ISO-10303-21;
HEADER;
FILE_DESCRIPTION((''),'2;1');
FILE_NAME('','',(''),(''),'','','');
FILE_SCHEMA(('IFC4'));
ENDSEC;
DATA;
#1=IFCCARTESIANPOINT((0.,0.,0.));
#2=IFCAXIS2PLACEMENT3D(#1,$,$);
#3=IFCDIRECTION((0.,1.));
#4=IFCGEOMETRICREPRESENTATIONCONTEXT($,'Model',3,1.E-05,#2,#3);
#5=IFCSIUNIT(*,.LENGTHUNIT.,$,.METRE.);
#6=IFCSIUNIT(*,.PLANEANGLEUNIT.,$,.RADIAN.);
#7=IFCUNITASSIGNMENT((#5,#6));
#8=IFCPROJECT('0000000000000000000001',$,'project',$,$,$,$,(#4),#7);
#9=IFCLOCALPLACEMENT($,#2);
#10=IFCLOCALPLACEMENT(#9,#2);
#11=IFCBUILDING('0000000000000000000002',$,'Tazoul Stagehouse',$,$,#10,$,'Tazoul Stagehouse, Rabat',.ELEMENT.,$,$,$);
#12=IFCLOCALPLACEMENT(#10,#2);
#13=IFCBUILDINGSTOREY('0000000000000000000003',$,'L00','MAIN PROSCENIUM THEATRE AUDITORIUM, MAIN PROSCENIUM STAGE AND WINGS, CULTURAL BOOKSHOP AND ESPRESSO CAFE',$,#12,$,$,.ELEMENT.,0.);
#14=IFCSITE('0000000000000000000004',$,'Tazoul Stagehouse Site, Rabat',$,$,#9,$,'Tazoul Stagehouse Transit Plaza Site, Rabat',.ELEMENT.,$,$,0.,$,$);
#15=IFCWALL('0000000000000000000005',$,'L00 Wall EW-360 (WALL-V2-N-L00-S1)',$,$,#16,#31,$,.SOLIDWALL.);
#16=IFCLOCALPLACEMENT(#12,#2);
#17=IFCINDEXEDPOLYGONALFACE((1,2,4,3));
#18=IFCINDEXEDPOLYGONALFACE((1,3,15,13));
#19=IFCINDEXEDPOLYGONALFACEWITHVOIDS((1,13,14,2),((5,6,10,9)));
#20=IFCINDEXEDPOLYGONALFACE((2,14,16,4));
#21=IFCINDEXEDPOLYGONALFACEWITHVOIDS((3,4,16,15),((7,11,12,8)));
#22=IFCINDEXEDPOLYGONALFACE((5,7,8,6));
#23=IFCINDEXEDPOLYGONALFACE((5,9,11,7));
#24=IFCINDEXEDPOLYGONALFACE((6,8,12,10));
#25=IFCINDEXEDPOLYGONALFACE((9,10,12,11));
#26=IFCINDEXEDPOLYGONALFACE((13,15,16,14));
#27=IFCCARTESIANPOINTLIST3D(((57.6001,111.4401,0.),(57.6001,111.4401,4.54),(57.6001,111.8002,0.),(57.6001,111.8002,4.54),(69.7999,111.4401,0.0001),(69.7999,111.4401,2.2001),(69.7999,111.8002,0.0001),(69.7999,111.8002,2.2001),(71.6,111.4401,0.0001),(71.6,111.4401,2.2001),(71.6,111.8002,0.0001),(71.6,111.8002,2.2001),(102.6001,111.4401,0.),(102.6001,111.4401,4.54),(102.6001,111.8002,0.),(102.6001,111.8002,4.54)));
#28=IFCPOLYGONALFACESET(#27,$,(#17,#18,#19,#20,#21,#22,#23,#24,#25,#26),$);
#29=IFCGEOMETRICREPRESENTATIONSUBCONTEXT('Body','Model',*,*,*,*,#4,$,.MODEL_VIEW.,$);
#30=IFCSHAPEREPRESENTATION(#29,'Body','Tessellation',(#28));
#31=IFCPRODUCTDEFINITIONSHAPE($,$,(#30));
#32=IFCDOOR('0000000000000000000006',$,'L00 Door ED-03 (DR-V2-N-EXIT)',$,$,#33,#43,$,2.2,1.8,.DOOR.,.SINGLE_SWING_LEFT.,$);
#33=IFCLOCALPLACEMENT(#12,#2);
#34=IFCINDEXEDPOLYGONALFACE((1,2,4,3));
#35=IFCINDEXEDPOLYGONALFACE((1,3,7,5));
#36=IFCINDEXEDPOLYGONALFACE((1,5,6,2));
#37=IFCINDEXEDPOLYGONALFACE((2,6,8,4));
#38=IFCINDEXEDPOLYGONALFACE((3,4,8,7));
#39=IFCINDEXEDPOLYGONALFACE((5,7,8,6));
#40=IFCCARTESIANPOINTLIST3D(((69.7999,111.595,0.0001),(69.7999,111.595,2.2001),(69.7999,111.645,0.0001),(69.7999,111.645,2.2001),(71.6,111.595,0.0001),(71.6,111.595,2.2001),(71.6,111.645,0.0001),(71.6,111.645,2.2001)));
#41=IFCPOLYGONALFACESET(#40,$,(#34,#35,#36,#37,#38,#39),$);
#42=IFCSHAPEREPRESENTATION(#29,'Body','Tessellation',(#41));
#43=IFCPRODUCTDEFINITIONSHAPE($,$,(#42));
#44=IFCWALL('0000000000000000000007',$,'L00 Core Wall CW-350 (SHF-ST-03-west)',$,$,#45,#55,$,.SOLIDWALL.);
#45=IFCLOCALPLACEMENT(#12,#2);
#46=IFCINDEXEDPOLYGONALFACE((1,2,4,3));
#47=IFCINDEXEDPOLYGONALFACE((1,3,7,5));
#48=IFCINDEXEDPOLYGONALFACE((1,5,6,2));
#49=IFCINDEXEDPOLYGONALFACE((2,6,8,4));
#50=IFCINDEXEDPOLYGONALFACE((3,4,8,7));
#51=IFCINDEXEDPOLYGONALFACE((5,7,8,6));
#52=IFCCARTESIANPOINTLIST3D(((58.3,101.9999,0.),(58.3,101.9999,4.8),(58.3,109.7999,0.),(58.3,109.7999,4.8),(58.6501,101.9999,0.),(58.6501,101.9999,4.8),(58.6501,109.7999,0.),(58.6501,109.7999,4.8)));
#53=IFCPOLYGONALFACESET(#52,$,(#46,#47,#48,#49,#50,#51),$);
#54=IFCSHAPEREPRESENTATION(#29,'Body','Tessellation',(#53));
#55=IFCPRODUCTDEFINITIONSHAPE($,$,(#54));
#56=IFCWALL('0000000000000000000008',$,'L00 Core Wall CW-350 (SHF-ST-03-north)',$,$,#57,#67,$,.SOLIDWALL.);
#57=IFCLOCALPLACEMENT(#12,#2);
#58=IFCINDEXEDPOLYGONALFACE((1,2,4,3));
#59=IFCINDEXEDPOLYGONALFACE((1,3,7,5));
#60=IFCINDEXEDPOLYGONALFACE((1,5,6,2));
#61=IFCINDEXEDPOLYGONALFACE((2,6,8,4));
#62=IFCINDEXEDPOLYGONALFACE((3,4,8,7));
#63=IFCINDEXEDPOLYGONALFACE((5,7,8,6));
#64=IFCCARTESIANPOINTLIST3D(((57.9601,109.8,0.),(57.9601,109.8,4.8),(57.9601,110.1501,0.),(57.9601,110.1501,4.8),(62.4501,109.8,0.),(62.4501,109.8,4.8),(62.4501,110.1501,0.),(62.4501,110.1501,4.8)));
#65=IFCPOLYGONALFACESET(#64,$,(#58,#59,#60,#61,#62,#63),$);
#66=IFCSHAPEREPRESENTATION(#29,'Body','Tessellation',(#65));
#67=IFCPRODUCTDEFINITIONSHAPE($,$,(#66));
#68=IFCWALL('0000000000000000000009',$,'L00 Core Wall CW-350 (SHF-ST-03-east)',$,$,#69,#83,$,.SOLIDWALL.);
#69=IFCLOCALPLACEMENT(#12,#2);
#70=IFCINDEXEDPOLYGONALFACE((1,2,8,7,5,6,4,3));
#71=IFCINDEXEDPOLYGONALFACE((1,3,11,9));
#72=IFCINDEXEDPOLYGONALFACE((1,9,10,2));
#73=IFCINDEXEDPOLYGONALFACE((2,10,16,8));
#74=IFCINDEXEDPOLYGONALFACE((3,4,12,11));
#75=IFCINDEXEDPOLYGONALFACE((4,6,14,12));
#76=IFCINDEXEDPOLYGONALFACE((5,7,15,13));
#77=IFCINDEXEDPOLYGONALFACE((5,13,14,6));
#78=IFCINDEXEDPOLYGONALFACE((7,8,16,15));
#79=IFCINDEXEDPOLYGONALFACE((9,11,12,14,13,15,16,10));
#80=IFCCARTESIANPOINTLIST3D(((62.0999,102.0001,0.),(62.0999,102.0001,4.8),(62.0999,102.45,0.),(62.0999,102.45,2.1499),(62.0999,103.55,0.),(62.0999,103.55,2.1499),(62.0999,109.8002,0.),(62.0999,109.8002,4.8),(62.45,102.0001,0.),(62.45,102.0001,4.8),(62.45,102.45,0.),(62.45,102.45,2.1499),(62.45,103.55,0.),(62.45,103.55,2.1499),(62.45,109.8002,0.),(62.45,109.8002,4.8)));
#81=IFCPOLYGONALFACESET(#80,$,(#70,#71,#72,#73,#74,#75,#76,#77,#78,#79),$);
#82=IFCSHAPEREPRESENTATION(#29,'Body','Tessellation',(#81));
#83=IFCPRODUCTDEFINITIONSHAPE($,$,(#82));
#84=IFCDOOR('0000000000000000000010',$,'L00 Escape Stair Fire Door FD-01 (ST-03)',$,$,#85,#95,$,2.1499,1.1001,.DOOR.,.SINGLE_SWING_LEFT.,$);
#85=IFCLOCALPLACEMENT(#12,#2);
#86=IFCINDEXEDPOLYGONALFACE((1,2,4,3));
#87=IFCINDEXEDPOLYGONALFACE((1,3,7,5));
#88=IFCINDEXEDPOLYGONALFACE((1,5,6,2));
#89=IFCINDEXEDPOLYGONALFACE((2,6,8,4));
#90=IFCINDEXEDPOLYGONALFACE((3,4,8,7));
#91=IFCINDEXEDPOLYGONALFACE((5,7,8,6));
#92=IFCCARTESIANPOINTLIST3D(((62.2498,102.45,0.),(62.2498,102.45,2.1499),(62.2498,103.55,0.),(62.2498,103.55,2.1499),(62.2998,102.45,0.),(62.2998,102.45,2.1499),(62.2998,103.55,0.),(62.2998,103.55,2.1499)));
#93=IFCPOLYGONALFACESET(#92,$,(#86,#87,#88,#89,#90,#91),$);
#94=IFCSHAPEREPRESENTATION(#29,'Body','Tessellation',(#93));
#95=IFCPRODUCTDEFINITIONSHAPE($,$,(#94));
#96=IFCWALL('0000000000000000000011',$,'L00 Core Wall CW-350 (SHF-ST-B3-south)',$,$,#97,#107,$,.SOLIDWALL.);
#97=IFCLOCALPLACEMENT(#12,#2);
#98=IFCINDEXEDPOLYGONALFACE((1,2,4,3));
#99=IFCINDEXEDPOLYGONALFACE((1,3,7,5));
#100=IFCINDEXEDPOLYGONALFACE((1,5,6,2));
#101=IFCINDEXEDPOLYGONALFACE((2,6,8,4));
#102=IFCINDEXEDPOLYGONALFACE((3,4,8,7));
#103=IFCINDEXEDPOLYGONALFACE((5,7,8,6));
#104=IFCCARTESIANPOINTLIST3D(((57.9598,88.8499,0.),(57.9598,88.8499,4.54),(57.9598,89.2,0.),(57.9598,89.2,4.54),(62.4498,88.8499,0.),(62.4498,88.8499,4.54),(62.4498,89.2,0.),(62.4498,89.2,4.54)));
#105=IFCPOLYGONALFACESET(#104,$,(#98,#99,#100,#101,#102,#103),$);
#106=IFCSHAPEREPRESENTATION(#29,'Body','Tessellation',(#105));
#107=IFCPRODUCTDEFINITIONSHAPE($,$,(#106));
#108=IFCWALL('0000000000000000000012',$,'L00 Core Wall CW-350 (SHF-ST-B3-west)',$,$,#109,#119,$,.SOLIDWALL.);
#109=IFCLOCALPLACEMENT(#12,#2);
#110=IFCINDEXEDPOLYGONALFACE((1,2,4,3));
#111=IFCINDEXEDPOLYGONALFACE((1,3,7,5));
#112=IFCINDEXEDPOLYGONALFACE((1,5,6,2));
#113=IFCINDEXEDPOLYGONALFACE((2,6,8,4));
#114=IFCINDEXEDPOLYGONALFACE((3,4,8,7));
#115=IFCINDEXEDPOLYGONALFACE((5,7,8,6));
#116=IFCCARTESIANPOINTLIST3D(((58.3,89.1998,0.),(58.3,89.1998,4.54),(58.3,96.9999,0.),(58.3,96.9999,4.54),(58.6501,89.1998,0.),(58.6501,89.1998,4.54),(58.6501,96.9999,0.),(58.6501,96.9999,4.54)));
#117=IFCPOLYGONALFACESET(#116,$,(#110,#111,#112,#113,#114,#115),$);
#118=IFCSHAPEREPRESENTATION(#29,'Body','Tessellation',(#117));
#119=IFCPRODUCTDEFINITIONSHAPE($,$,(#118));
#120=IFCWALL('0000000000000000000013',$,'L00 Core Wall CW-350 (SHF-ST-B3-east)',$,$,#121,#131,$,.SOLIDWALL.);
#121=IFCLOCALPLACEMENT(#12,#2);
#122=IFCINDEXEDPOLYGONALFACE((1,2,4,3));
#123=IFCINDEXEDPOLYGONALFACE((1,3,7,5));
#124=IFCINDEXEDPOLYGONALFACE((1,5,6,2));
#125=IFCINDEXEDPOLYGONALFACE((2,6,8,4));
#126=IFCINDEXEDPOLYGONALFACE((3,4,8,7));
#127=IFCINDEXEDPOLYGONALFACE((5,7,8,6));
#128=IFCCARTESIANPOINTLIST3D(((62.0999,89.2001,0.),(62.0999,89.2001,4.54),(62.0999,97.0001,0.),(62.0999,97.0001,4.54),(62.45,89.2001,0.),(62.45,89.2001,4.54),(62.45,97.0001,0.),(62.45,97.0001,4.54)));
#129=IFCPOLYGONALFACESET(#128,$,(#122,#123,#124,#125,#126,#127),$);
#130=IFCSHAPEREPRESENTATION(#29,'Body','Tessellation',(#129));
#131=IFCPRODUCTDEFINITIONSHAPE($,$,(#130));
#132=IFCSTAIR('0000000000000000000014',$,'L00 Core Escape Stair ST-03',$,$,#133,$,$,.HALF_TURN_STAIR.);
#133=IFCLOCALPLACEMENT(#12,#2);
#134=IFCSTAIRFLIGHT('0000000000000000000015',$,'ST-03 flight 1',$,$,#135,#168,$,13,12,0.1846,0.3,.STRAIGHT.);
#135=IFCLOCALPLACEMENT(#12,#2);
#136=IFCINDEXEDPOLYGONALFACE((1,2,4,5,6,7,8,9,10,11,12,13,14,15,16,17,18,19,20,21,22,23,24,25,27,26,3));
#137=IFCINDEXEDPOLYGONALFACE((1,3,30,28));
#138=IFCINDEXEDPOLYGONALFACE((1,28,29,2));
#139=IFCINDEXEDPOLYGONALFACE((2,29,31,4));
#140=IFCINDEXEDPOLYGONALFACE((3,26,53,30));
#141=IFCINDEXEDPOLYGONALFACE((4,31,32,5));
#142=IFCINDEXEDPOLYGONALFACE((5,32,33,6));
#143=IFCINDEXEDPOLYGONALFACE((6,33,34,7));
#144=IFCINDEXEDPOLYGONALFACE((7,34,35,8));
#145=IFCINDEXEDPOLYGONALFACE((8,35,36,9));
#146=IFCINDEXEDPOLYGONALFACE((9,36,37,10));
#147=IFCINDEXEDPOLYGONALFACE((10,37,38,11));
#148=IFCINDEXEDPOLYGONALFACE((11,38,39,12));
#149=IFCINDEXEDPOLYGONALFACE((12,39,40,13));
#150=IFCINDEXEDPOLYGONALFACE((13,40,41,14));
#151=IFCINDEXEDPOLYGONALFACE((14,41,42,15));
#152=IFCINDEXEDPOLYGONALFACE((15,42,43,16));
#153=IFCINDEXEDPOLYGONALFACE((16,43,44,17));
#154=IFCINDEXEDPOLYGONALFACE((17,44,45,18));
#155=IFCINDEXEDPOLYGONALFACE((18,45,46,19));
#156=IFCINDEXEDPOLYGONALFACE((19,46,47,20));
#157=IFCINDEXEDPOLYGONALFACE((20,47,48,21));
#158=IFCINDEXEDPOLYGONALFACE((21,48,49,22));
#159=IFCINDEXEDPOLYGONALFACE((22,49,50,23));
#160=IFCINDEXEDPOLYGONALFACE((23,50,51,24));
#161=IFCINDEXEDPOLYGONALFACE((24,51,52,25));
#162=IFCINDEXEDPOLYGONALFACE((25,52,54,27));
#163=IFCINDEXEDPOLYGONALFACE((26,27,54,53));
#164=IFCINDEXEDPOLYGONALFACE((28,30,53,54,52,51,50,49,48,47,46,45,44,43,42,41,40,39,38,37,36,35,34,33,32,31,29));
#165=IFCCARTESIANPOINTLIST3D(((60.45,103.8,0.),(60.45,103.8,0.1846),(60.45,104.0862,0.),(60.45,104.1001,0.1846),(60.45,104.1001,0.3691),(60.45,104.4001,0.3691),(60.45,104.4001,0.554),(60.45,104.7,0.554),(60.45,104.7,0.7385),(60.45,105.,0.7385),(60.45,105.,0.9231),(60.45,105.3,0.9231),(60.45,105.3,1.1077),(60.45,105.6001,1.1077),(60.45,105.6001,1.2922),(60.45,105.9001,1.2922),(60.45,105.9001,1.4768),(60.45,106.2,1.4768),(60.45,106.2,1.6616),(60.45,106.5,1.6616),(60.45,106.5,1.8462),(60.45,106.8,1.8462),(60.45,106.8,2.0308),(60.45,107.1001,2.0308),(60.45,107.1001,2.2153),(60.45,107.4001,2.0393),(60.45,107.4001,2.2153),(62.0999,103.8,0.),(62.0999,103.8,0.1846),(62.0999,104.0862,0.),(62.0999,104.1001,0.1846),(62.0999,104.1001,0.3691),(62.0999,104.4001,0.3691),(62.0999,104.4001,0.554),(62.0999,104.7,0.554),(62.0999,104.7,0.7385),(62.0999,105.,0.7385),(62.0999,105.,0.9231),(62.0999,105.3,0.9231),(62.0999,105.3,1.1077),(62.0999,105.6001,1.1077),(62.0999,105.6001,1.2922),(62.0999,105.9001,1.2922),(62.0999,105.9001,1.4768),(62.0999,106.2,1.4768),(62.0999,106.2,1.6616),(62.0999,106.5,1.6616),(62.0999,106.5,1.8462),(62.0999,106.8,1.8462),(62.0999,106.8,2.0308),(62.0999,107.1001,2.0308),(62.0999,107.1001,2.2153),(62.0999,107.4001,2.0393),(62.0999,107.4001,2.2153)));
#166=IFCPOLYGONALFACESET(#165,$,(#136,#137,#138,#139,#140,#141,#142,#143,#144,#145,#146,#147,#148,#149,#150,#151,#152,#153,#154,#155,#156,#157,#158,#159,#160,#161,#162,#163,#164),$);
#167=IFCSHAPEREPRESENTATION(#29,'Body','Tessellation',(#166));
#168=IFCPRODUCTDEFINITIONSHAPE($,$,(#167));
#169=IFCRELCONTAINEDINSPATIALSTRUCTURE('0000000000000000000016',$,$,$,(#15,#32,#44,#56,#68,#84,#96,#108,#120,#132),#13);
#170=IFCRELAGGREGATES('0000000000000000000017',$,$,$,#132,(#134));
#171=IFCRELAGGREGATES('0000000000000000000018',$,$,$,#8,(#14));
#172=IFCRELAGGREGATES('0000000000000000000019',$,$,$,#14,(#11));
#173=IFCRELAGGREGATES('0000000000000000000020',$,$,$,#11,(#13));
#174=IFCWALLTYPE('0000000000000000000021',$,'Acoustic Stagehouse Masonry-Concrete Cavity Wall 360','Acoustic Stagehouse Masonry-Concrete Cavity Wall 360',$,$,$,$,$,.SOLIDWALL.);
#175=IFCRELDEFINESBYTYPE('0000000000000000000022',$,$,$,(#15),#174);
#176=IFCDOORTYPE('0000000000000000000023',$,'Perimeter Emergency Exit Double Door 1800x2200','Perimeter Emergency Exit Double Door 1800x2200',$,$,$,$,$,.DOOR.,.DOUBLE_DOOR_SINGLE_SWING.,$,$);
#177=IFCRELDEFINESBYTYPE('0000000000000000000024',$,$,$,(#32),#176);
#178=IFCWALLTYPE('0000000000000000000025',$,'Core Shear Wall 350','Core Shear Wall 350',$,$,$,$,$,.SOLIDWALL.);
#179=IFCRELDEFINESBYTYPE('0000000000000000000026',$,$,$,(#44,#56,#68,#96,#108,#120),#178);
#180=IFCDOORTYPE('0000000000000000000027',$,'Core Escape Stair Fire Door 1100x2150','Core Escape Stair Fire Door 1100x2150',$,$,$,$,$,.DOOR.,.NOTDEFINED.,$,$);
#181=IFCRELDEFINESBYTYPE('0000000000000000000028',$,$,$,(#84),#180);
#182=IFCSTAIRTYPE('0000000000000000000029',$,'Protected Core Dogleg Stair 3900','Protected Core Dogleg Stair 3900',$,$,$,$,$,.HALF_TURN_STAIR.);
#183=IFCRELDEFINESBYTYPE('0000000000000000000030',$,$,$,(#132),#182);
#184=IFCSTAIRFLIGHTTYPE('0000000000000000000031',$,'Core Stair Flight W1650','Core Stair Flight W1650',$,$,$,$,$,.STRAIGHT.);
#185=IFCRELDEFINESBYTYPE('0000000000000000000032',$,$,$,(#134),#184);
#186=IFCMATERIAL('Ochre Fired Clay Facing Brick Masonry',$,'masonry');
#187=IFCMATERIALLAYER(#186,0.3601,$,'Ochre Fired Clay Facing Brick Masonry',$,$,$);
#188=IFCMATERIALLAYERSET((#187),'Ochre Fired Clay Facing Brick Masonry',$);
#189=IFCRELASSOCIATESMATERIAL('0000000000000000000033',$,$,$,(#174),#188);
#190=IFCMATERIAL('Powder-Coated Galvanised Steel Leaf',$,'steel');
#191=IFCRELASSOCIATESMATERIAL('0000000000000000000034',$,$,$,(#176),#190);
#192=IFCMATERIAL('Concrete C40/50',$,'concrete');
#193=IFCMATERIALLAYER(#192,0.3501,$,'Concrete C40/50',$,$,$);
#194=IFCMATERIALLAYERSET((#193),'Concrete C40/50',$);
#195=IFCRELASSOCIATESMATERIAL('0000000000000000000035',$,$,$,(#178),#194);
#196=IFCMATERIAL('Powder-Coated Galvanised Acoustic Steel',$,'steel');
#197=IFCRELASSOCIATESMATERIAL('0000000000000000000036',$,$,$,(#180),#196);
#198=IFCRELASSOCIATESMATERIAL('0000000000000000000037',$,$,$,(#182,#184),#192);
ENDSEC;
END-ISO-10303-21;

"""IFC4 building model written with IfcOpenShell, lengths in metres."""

from ifc_helpers import new_model, si_unit, direction, frame, frame_2d, origin, place, context, subcontext, project, spatial, polyline, rectangle, outline, extrude, material, layer, layer_set, type_object, element, fill, aggregate, save


model = new_model("IFC4")

# Units and contexts
model_context = context("Model", 3, precision=1e-05, world=origin(), true_north=direction((0.0, 1.0)))
body_context = subcontext(model_context, "Body", "Model", "MODEL_VIEW")
ifc_project = project(units=[si_unit("LENGTHUNIT", "METRE"), si_unit("PLANEANGLEUNIT", "RADIAN")], contexts=[model_context])

# Site, building, storey
site_placement = place(None, origin())
site = spatial("IfcSite", under=ifc_project, at=site_placement, Name="Tazoul Stagehouse Site, Rabat", LongName="Tazoul Stagehouse Transit Plaza Site, Rabat", CompositionType="ELEMENT", RefElevation=0.0)
building_placement = place(site_placement, origin())
building = spatial("IfcBuilding", under=site, at=building_placement, Name="Tazoul Stagehouse", LongName="Tazoul Stagehouse, Rabat", CompositionType="ELEMENT")
storey_placement = place(building_placement, origin())
storey = spatial("IfcBuildingStorey", under=building, at=storey_placement, Name="L00", Description="MAIN PROSCENIUM THEATRE AUDITORIUM, MAIN PROSCENIUM STAGE AND WINGS, CULTURAL BOOKSHOP AND ESPRESSO CAFE", CompositionType="ELEMENT", Elevation=0.0)

# Shared definitions
ifc_material_1 = material(Name="Concrete C40/50", Category="concrete")

# Shared definitions
ifc_material_2 = material(Name="Ochre Fired Clay Facing Brick Masonry", Category="masonry")
ifc_layer_1 = layer(ifc_material_2, 0.3601, Name="Ochre Fired Clay Facing Brick Masonry")
ifc_layer_set_1 = layer_set([ifc_layer_1], Name="Ochre Fired Clay Facing Brick Masonry")
wall_type_1 = type_object("IfcWallType", Name="Acoustic Stagehouse Masonry-Concrete Cavity Wall 360", Description="Acoustic Stagehouse Masonry-Concrete Cavity Wall 360", PredefinedType="SOLIDWALL", material=ifc_layer_set_1)

# Wall, opening, door
wall_1_placement = place(storey_placement, frame((57.6001, 111.6201, 0.0), z_axis=(0.0, 0.0, 1.0), x_axis=(1.0, 0.0, 0.0)))
wall_1 = element("IfcWall", 1, at=wall_1_placement, inside=storey, type_object=wall_type_1, Name="L00 Wall EW-360 (WALL-V2-N-L00-S1)", PredefinedType="SOLIDWALL", context=body_context, shape_type="SweptSolid", body=[
    extrude(rectangle(XDim=45.0, YDim=0.3601, at=frame_2d((22.5, 0.0))), origin(), (0.0, 0.0, 1.0), 4.54),
])
opening_1_placement = place(wall_1_placement, frame((12.2, 0.0, 0.0)))
opening_1 = element("IfcOpeningElement", 2, at=opening_1_placement, cuts=wall_1, PredefinedType="OPENING", context=body_context, shape_type="SweptSolid", body=[
    extrude(rectangle(XDim=1.8, YDim=2.2, at=frame_2d((0.8999, 1.1001))), frame((0.0, 0.2, 0.0), z_axis=(0.0, -1.0, 0.0), x_axis=(1.0, 0.0, 0.0)), (0.0, 0.0, 1.0), 0.4001),
])
ifc_material_3 = material(Name="Powder-Coated Galvanised Steel Leaf", Category="steel")
door_type_1 = type_object("IfcDoorType", Name="Perimeter Emergency Exit Double Door 1800x2200", Description="Perimeter Emergency Exit Double Door 1800x2200", OperationType="DOUBLE_DOOR_SINGLE_SWING", PredefinedType="DOOR", material=ifc_material_3)
door_1_placement = place(opening_1_placement, origin())
door_1 = element("IfcDoor", 3, at=door_1_placement, inside=storey, type_object=door_type_1, Name="L00 Door ED-03 (DR-V2-N-EXIT)", OperationType="SINGLE_SWING_LEFT", OverallHeight=2.2, OverallWidth=1.8, PredefinedType="DOOR", context=body_context, shape_type="SweptSolid", body=[
    extrude(rectangle(XDim=1.8, YDim=2.2, at=frame_2d((0.8999, 1.1001))), frame((0.0, 0.0249, 0.0), z_axis=(0.0, -1.0, 0.0), x_axis=(1.0, 0.0, 0.0)), (0.0, 0.0, 1.0), 0.05),
])
fill(opening_1, door_1)

# Walls
ifc_layer_2 = layer(ifc_material_1, 0.3501, Name="Concrete C40/50")
ifc_layer_set_2 = layer_set([ifc_layer_2], Name="Concrete C40/50")
wall_type_2 = type_object("IfcWallType", Name="Core Shear Wall 350", Description="Core Shear Wall 350", PredefinedType="SOLIDWALL", material=ifc_layer_set_2)
wall_2_placement = place(storey_placement, frame((58.4751, 102.0, 0.0), z_axis=(0.0, 0.0, 1.0), x_axis=(0.0, 1.0, 0.0)))
element("IfcWall", 4, at=wall_2_placement, inside=storey, type_object=wall_type_2, Name="L00 Core Wall CW-350 (SHF-ST-03-west)", PredefinedType="SOLIDWALL", context=body_context, shape_type="SweptSolid", body=[
    extrude(rectangle(XDim=7.8, YDim=0.3501, at=frame_2d((3.8999, 0.0))), origin(), (0.0, 0.0, 1.0), 4.8),
])
wall_3_placement = place(storey_placement, frame((57.96, 109.9751, 0.0), z_axis=(0.0, 0.0, 1.0), x_axis=(1.0, 0.0, 0.0)))
element("IfcWall", 5, at=wall_3_placement, inside=storey, type_object=wall_type_2, Name="L00 Core Wall CW-350 (SHF-ST-03-north)", PredefinedType="SOLIDWALL", context=body_context, shape_type="SweptSolid", body=[
    extrude(rectangle(XDim=4.49, YDim=0.3501, at=frame_2d((2.2451, 0.0))), origin(), (0.0, 0.0, 1.0), 4.8),
])

# Wall, opening, door
wall_4_placement = place(storey_placement, frame((62.2749, 109.8, 0.0), z_axis=(0.0, 0.0, 1.0), x_axis=(0.0, -1.0, 0.0)))
wall_4 = element("IfcWall", 6, at=wall_4_placement, inside=storey, type_object=wall_type_2, Name="L00 Core Wall CW-350 (SHF-ST-03-east)", PredefinedType="SOLIDWALL", context=body_context, shape_type="SweptSolid", body=[
    extrude(rectangle(XDim=7.8, YDim=0.3501, at=frame_2d((3.8999, 0.0))), origin(), (0.0, 0.0, 1.0), 4.8),
])
opening_2_placement = place(wall_4_placement, frame((6.25, 0.0, 0.0)))
opening_2 = element("IfcOpeningElement", 7, at=opening_2_placement, cuts=wall_4, PredefinedType="OPENING", context=body_context, shape_type="SweptSolid", body=[
    extrude(rectangle(XDim=1.1001, YDim=2.1499, at=frame_2d((0.55, 1.075))), frame((0.0, 0.1951, 0.0), z_axis=(0.0, -1.0, 0.0), x_axis=(1.0, 0.0, 0.0)), (0.0, 0.0, 1.0), 0.3901),
])
ifc_material_4 = material(Name="Powder-Coated Galvanised Acoustic Steel", Category="steel")
door_type_2 = type_object("IfcDoorType", Name="Core Escape Stair Fire Door 1100x2150", Description="Core Escape Stair Fire Door 1100x2150", OperationType="NOTDEFINED", PredefinedType="DOOR", material=ifc_material_4)
door_2_placement = place(opening_2_placement, origin())
door_2 = element("IfcDoor", 8, at=door_2_placement, inside=storey, type_object=door_type_2, Name="L00 Escape Stair Fire Door FD-01 (ST-03)", OperationType="SINGLE_SWING_LEFT", OverallHeight=2.1499, OverallWidth=1.1001, PredefinedType="DOOR", context=body_context, shape_type="SweptSolid", body=[
    extrude(rectangle(XDim=1.1001, YDim=2.1499, at=frame_2d((0.55, 1.075))), frame((0.0, 0.0249, 0.0), z_axis=(0.0, -1.0, 0.0), x_axis=(1.0, 0.0, 0.0)), (0.0, 0.0, 1.0), 0.05),
])
fill(opening_2, door_2)

# Walls
wall_5_placement = place(storey_placement, frame((62.45, 89.0249, 0.0), z_axis=(0.0, 0.0, 1.0), x_axis=(-1.0, 0.0, 0.0)))
element("IfcWall", 9, at=wall_5_placement, inside=storey, type_object=wall_type_2, Name="L00 Core Wall CW-350 (SHF-ST-B3-south)", PredefinedType="SOLIDWALL", context=body_context, shape_type="SweptSolid", body=[
    extrude(rectangle(XDim=4.49, YDim=0.3501, at=frame_2d((2.2451, 0.0))), origin(), (0.0, 0.0, 1.0), 4.54),
])
wall_6_placement = place(storey_placement, frame((58.4751, 89.2, 0.0), z_axis=(0.0, 0.0, 1.0), x_axis=(0.0, 1.0, 0.0)))
element("IfcWall", 10, at=wall_6_placement, inside=storey, type_object=wall_type_2, Name="L00 Core Wall CW-350 (SHF-ST-B3-west)", PredefinedType="SOLIDWALL", context=body_context, shape_type="SweptSolid", body=[
    extrude(rectangle(XDim=7.8, YDim=0.3501, at=frame_2d((3.8999, 0.0))), origin(), (0.0, 0.0, 1.0), 4.54),
])

# Wall
wall_7_placement = place(storey_placement, frame((62.2749, 97.0, 0.0), z_axis=(0.0, 0.0, 1.0), x_axis=(0.0, -1.0, 0.0)))
element("IfcWall", 11, at=wall_7_placement, inside=storey, type_object=wall_type_2, Name="L00 Core Wall CW-350 (SHF-ST-B3-east)", PredefinedType="SOLIDWALL", context=body_context, shape_type="SweptSolid", body=[
    extrude(rectangle(XDim=7.8, YDim=0.3501, at=frame_2d((3.8999, 0.0))), origin(), (0.0, 0.0, 1.0), 4.54),
])

# Stair, stair flight
stair_type = type_object("IfcStairType", Name="Protected Core Dogleg Stair 3900", Description="Protected Core Dogleg Stair 3900", PredefinedType="HALF_TURN_STAIR", material=ifc_material_1)
stair_placement = place(storey_placement, origin())
stair = element("IfcStair", 12, at=stair_placement, inside=storey, type_object=stair_type, Name="L00 Core Escape Stair ST-03", PredefinedType="HALF_TURN_STAIR")
stair_flight_type = type_object("IfcStairFlightType", Name="Core Stair Flight W1650", Description="Core Stair Flight W1650", PredefinedType="STRAIGHT", material=ifc_material_1)
stair_flight_1_placement = place(storey_placement, frame((61.2749, 103.8, 0.0), z_axis=(0.0, 0.0, 1.0), x_axis=(0.0, 1.0, 0.0)))
stair_flight_1 = element("IfcStairFlight", 13, at=stair_flight_1_placement, type_object=stair_flight_type, Name="ST-03 flight 1", NumberOfRisers=13, NumberOfTreads=12, PredefinedType="STRAIGHT", RiserHeight=0.1846, TreadLength=0.3, context=body_context, shape_type="SweptSolid", body=[
    extrude(outline(polyline([(0.0, 0.0), (0.0, 0.1846), (0.3, 0.1846), (0.3, 0.3691), (0.6001, 0.3691), (0.6001, 0.554), (0.8999, 0.554), (0.8999, 0.7385), (1.2, 0.7385), (1.2, 0.9231), (1.5, 0.9231), (1.5, 1.1077), (1.8, 1.1077), (1.8, 1.2922), (2.1001, 1.2922), (2.1001, 1.4768), (2.3999, 1.4768), (2.3999, 1.6616), (2.7, 1.6616), (2.7, 1.8462), (3.0, 1.8462), (3.0, 2.0308), (3.3, 2.0308), (3.3, 2.2153), (3.6001, 2.2153), (3.6001, 2.3999), (3.6001, 2.0393), (0.2861, 0.0), (0.0, 0.0)])), frame((0.0, 0.825, 0.0), z_axis=(0.0, -1.0, 0.0), x_axis=(1.0, 0.0, 0.0)), (0.0, 0.0, 1.0), 1.6499),
])
aggregate(stair, [stair_flight_1])

save(model, "model.ifc")
